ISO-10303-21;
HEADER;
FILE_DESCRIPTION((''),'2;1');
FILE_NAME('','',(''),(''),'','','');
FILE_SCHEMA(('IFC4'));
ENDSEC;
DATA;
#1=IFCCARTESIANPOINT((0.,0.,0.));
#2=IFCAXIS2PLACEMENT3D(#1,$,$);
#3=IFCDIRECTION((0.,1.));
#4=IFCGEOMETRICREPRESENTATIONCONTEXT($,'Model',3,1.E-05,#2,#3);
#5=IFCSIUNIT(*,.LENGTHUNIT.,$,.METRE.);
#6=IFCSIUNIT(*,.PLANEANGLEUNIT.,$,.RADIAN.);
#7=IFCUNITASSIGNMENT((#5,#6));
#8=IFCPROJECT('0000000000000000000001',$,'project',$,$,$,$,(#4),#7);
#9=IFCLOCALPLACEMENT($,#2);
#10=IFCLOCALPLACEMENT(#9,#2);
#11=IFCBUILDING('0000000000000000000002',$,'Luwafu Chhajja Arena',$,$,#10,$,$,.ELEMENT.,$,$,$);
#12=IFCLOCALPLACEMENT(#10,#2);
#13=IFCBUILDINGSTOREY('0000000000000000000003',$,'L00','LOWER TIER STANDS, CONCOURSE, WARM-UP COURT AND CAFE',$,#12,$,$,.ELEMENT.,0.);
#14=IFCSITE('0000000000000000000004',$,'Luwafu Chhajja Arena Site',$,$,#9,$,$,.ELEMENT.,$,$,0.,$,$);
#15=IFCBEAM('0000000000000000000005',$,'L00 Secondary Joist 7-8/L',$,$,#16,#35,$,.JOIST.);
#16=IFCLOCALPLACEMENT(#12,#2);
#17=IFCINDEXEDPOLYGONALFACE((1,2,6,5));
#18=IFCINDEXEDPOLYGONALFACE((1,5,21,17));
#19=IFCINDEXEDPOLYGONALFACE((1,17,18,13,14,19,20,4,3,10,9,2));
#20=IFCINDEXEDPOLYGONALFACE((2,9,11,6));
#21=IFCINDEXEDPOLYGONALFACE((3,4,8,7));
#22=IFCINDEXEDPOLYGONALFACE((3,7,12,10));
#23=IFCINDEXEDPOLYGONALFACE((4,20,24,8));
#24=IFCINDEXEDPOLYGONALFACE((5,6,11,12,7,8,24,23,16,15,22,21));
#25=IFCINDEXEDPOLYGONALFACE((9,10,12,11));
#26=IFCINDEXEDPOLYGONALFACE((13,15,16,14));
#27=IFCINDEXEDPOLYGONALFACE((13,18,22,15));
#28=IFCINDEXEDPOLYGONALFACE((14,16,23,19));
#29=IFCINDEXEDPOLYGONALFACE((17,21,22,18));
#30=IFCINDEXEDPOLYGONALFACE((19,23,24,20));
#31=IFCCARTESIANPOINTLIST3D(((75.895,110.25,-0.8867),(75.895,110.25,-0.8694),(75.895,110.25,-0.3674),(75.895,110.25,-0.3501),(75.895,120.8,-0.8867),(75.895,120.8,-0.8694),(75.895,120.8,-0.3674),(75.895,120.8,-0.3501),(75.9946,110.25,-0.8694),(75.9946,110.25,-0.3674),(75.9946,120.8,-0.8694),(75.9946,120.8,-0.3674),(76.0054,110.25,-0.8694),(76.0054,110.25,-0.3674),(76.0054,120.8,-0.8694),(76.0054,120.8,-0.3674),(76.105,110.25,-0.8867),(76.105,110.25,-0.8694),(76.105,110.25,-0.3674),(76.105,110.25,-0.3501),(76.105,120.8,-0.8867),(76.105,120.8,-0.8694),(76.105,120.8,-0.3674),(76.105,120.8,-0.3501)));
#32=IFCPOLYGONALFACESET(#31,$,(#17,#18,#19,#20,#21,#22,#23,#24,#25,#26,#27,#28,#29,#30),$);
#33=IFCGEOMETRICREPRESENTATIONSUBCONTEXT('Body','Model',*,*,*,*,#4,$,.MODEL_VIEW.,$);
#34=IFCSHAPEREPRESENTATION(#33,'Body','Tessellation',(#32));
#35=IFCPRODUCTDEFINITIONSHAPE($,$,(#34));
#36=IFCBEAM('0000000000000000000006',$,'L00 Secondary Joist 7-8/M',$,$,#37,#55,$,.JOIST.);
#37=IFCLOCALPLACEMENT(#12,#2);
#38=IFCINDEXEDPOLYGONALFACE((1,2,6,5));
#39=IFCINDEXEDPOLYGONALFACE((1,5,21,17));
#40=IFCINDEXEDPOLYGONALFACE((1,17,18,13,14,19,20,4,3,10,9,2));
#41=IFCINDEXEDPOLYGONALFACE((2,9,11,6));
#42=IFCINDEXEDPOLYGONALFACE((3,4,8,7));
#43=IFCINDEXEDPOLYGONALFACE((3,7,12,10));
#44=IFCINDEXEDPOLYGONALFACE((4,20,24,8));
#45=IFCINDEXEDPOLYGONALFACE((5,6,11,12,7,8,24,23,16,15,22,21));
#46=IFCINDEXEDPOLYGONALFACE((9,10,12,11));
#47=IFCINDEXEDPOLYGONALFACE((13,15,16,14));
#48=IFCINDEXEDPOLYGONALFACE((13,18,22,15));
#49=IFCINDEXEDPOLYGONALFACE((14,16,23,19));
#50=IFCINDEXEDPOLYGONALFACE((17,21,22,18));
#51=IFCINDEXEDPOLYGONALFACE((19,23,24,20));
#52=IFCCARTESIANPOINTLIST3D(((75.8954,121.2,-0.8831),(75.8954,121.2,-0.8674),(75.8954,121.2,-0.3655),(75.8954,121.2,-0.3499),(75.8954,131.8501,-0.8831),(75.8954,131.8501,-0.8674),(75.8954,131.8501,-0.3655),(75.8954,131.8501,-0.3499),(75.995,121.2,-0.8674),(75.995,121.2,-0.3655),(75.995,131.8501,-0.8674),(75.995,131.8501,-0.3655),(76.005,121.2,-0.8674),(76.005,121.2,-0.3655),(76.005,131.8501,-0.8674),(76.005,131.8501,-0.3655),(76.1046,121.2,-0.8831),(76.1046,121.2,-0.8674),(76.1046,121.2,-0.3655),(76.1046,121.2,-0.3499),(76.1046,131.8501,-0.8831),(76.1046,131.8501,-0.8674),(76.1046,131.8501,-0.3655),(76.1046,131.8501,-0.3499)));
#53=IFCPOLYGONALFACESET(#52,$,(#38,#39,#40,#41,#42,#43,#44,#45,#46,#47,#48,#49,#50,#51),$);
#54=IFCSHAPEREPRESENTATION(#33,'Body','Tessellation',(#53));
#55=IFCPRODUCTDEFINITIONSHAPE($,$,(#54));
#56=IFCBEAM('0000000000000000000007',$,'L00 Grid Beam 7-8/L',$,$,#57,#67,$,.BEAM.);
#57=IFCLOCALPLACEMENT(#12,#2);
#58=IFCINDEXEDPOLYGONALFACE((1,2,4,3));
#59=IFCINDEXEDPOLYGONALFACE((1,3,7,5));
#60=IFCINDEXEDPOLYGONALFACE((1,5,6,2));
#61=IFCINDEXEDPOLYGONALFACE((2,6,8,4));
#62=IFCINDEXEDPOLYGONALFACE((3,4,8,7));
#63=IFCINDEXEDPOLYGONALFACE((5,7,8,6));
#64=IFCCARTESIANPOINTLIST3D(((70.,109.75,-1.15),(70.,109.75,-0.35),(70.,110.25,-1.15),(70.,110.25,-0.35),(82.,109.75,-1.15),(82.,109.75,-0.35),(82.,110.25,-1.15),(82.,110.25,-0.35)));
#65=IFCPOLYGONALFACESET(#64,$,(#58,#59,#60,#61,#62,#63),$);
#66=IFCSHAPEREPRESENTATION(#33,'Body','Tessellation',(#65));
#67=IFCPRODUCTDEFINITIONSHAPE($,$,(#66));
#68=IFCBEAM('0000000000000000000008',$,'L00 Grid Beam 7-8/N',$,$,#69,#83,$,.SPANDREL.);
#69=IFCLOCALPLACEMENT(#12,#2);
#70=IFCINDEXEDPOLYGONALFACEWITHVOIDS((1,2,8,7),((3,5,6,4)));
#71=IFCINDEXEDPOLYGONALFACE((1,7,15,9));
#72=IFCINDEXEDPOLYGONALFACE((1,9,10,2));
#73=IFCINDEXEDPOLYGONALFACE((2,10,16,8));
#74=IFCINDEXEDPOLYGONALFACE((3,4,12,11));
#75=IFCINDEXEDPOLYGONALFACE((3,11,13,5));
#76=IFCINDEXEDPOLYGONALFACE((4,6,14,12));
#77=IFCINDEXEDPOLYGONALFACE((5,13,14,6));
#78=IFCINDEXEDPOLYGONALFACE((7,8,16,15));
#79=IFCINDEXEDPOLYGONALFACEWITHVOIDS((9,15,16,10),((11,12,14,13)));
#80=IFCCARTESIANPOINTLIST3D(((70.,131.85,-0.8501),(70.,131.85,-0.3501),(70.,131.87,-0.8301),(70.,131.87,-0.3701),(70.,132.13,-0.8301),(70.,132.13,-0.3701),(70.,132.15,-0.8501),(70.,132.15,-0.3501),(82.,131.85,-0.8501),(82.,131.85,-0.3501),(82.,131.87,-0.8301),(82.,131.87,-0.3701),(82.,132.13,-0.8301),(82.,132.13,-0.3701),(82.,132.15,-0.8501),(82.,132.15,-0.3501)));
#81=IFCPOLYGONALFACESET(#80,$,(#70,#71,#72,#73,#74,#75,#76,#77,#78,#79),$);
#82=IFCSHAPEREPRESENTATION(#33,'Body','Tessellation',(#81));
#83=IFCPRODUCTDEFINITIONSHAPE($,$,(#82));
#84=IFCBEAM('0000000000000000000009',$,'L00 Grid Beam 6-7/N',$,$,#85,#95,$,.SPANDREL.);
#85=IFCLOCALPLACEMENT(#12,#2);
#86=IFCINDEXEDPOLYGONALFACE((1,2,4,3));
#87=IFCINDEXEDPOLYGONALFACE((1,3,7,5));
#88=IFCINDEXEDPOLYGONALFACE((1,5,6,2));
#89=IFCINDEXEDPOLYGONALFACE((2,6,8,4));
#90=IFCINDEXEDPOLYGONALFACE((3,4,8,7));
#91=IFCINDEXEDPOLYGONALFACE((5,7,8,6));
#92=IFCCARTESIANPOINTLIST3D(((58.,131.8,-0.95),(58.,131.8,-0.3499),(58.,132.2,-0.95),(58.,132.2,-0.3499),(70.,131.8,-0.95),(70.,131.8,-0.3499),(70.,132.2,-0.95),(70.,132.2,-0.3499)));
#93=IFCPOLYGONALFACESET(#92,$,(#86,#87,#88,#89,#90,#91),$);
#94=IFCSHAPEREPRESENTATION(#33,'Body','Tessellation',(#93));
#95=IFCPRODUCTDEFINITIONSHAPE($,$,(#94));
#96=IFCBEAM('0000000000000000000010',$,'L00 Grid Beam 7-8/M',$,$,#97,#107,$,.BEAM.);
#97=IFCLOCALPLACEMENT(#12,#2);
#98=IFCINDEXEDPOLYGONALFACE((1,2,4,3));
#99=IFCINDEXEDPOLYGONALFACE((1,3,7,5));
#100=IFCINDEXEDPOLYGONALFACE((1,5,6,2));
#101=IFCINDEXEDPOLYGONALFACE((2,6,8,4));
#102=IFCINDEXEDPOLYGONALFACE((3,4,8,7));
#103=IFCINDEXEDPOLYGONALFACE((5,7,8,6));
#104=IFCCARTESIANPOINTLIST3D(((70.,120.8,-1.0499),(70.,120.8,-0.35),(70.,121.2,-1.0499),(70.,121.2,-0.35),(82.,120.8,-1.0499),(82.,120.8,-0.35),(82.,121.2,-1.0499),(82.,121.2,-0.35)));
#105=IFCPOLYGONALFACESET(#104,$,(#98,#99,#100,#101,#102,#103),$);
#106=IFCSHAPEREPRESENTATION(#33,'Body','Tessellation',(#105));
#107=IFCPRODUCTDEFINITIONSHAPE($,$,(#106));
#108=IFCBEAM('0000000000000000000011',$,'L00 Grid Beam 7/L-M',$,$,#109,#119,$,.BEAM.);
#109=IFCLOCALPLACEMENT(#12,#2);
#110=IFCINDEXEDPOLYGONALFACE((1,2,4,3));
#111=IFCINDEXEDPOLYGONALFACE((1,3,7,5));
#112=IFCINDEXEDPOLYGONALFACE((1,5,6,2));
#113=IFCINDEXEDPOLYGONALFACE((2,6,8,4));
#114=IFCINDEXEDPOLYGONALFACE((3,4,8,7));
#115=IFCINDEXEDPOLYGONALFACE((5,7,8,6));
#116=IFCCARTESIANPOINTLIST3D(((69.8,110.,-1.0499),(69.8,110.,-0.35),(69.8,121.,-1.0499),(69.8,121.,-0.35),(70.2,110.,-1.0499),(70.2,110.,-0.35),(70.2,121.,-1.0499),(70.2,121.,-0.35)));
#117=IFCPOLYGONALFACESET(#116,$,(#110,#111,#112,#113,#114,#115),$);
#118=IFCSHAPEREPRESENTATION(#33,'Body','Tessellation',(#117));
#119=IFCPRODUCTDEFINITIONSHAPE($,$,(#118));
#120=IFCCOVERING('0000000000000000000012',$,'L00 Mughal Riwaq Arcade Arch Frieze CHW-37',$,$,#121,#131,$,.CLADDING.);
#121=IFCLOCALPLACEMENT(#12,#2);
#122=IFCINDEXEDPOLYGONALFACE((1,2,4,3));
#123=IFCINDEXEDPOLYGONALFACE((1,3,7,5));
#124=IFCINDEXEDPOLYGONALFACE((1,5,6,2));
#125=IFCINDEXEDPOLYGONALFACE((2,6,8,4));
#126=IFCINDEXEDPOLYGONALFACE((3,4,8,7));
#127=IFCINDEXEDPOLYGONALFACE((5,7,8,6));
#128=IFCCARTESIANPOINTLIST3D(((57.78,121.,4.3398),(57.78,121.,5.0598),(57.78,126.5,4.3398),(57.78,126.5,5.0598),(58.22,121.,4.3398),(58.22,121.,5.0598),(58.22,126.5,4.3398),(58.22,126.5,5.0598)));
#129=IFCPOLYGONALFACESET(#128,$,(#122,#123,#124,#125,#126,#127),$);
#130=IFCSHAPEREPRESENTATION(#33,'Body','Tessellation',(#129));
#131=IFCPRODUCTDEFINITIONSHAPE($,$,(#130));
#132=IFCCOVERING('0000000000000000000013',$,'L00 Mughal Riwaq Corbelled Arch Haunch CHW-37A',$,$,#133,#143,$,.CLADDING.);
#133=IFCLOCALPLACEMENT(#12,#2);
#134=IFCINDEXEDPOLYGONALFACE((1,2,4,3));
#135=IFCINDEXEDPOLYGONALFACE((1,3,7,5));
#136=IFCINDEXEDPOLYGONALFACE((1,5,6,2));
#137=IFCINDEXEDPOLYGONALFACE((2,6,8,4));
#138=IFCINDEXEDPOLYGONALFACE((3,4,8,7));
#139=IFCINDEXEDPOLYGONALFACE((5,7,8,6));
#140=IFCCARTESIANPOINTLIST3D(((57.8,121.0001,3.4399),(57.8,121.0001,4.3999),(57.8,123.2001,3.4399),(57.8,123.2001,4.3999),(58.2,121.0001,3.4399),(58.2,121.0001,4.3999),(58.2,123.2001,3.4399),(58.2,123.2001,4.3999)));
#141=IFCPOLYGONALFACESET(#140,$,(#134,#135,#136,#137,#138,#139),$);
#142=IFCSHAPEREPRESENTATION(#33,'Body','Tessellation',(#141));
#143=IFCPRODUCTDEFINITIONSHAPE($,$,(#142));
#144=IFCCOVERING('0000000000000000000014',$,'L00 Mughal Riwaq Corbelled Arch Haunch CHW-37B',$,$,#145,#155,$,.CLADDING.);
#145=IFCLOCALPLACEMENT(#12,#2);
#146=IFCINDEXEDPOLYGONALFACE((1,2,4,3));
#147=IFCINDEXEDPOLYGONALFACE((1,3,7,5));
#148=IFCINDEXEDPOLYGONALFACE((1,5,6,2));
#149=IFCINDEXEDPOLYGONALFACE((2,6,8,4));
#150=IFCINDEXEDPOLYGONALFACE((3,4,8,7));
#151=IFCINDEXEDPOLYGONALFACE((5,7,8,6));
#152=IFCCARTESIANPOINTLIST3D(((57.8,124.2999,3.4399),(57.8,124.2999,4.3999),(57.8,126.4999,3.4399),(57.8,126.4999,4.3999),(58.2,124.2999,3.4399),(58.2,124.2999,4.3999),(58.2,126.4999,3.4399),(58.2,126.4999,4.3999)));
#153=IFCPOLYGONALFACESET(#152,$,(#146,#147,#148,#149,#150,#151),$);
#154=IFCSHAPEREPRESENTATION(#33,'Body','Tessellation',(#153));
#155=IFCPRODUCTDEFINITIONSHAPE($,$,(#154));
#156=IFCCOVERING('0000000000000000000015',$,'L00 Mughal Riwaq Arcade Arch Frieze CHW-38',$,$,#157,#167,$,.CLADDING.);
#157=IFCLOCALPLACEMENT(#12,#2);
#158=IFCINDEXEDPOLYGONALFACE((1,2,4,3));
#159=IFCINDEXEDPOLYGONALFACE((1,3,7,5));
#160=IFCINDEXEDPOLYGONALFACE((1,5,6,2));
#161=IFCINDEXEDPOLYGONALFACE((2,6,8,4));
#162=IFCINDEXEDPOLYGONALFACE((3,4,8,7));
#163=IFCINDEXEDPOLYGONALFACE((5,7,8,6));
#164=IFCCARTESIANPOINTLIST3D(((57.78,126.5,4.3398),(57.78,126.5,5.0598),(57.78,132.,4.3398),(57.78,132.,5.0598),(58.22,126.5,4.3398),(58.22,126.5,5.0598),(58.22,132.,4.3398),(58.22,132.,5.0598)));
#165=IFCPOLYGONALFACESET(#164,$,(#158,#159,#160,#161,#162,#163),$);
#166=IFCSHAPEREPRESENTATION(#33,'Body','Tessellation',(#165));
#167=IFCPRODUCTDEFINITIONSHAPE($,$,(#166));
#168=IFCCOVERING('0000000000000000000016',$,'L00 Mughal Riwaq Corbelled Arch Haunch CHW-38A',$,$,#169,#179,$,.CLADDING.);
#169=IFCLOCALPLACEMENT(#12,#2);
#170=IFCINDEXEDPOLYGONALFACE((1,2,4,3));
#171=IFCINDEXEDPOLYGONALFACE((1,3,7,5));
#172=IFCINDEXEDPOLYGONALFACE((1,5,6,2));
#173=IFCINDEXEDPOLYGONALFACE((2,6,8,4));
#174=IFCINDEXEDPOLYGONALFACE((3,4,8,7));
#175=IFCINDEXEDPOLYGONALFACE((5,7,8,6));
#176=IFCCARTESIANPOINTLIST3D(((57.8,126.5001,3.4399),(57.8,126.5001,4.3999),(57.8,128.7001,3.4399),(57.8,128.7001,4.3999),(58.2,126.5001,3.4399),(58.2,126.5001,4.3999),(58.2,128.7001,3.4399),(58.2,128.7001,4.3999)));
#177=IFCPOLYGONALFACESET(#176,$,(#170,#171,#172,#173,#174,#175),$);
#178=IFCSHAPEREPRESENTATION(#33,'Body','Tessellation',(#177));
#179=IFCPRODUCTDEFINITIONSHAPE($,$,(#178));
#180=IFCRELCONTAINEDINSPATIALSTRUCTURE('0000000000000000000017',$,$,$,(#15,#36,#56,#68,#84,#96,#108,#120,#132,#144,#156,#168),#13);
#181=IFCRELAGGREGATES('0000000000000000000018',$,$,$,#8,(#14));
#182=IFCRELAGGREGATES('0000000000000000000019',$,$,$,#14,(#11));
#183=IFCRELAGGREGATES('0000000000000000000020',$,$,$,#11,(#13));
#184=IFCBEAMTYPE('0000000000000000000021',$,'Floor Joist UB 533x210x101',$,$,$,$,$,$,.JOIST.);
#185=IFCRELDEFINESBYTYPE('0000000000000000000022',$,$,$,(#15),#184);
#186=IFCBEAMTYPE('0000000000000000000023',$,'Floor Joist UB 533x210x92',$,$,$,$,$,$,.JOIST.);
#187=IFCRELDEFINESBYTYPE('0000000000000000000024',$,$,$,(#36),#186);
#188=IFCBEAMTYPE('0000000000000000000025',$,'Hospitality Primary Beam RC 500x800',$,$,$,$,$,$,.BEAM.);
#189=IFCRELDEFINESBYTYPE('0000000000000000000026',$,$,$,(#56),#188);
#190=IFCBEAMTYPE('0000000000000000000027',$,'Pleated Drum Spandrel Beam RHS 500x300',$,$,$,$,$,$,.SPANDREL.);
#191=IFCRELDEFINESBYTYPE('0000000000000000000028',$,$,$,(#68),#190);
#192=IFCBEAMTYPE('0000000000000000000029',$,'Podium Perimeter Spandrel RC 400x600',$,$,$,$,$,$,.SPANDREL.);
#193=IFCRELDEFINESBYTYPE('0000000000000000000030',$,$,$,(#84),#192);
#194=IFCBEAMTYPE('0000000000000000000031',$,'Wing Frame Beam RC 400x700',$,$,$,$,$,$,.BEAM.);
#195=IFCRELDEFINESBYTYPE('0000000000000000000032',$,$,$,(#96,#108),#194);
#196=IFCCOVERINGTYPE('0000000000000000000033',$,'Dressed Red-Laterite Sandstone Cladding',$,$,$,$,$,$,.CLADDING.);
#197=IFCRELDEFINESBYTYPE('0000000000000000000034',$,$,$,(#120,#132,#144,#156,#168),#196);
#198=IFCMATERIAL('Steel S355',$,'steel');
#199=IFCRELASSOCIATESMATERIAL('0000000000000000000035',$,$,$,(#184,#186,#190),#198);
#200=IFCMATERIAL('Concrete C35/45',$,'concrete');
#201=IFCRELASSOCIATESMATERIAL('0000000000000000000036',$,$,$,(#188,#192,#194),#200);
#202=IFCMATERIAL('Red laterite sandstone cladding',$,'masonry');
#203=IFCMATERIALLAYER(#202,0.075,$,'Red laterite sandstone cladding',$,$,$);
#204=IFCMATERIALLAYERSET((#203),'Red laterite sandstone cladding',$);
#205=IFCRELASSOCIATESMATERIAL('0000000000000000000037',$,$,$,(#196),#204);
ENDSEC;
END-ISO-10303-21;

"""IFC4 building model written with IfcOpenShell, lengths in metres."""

from ifc_helpers import new_model, si_unit, direction, frame, origin, origin_2d, place, context, subcontext, project, spatial, rectangle, hollow_rectangle, i_section, extrude, material, layer, layer_set, material_profile, profile_set, type_object, element, save


model = new_model("IFC4")

# Units and contexts
model_context = context("Model", 3, precision=1e-05, world=origin(), true_north=direction((0.0, 1.0)))
body_context = subcontext(model_context, "Body", "Model", "MODEL_VIEW")
ifc_project = project(units=[si_unit("LENGTHUNIT", "METRE"), si_unit("PLANEANGLEUNIT", "RADIAN")], contexts=[model_context])

# Site, building, storey
site_placement = place(None, origin())
site = spatial("IfcSite", under=ifc_project, at=site_placement, Name="Luwafu Chhajja Arena Site", CompositionType="ELEMENT", RefElevation=0.0)
building_placement = place(site_placement, origin())
building = spatial("IfcBuilding", under=site, at=building_placement, Name="Luwafu Chhajja Arena", CompositionType="ELEMENT")
storey_placement = place(building_placement, origin())
storey = spatial("IfcBuildingStorey", under=building, at=storey_placement, Name="L00", Description="LOWER TIER STANDS, CONCOURSE, WARM-UP COURT AND CAFE", CompositionType="ELEMENT", Elevation=0.0)

# Shared definitions
ifc_material_1 = material(Name="Concrete C35/45", Category="concrete")

# Beams
ifc_material_2 = material(Name="Steel S355", Category="steel")
ifc_material_profile_1 = material_profile(ifc_material_2, i_section(OverallWidth=0.21, OverallDepth=0.5366, WebThickness=0.0107, FlangeThickness=0.0173, at=origin_2d()), Name="UB 533x210x101")
ifc_profile_set_1 = profile_set([ifc_material_profile_1], Name="Steel S355")
beam_type_1 = type_object("IfcBeamType", Name="Floor Joist UB 533x210x101", PredefinedType="JOIST", material=ifc_profile_set_1)
beam_1_placement = place(storey_placement, frame((76.0, 110.25, -0.6184), z_axis=(0.0, 1.0, 0.0), x_axis=(-1.0, 0.0, 0.0)))
element("IfcBeam", 1, at=beam_1_placement, inside=storey, type_object=beam_type_1, Name="L00 Secondary Joist 7-8/L", PredefinedType="JOIST", context=body_context, shape_type="SweptSolid", body=[
    extrude(i_section(OverallWidth=0.21, OverallDepth=0.5366, WebThickness=0.0107, FlangeThickness=0.0173, at=origin_2d()), origin(), (0.0, 0.0, 1.0), 10.55),
])
ifc_material_profile_2 = material_profile(ifc_material_2, i_section(OverallWidth=0.2092, OverallDepth=0.5332, WebThickness=0.01, FlangeThickness=0.0156, at=origin_2d()), Name="UB 533x210x92")
ifc_profile_set_2 = profile_set([ifc_material_profile_2], Name="Steel S355")
beam_type_2 = type_object("IfcBeamType", Name="Floor Joist UB 533x210x92", PredefinedType="JOIST", material=ifc_profile_set_2)
beam_2_placement = place(storey_placement, frame((76.0, 121.2, -0.6165), z_axis=(0.0, 1.0, 0.0), x_axis=(-1.0, 0.0, 0.0)))
element("IfcBeam", 2, at=beam_2_placement, inside=storey, type_object=beam_type_2, Name="L00 Secondary Joist 7-8/M", PredefinedType="JOIST", context=body_context, shape_type="SweptSolid", body=[
    extrude(i_section(OverallWidth=0.2092, OverallDepth=0.5332, WebThickness=0.01, FlangeThickness=0.0156, at=origin_2d()), origin(), (0.0, 0.0, 1.0), 10.6501),
])
ifc_material_profile_3 = material_profile(ifc_material_1, rectangle(XDim=0.5, YDim=0.8, at=origin_2d()), Name="RC 500x800")
ifc_profile_set_3 = profile_set([ifc_material_profile_3], Name="Concrete C35/45")
beam_type_3 = type_object("IfcBeamType", Name="Hospitality Primary Beam RC 500x800", PredefinedType="BEAM", material=ifc_profile_set_3)
beam_3_placement = place(storey_placement, frame((70.0, 110.0, -0.75), z_axis=(1.0, 0.0, 0.0), x_axis=(0.0, 1.0, 0.0)))
element("IfcBeam", 3, at=beam_3_placement, inside=storey, type_object=beam_type_3, Name="L00 Grid Beam 7-8/L", PredefinedType="BEAM", context=body_context, shape_type="SweptSolid", body=[
    extrude(rectangle(XDim=0.5, YDim=0.8, at=origin_2d()), origin(), (0.0, 0.0, 1.0), 12.0),
])
ifc_material_profile_4 = material_profile(ifc_material_2, hollow_rectangle(XDim=0.3, YDim=0.5, WallThickness=0.02, at=origin_2d()), Name="RHS 500x300x20")
ifc_profile_set_4 = profile_set([ifc_material_profile_4], Name="Steel S355")
beam_type_4 = type_object("IfcBeamType", Name="Pleated Drum Spandrel Beam RHS 500x300", PredefinedType="SPANDREL", material=ifc_profile_set_4)
beam_4_placement = place(storey_placement, frame((70.0, 132.0, -0.6001), z_axis=(1.0, 0.0, 0.0), x_axis=(0.0, 1.0, 0.0)))
element("IfcBeam", 4, at=beam_4_placement, inside=storey, type_object=beam_type_4, Name="L00 Grid Beam 7-8/N", PredefinedType="SPANDREL", context=body_context, shape_type="SweptSolid", body=[
    extrude(hollow_rectangle(XDim=0.3, YDim=0.5, WallThickness=0.02, at=origin_2d()), origin(), (0.0, 0.0, 1.0), 12.0),
])
ifc_material_profile_5 = material_profile(ifc_material_1, rectangle(XDim=0.3999, YDim=0.6001, at=origin_2d()), Name="RC 400x600")
ifc_profile_set_5 = profile_set([ifc_material_profile_5], Name="Concrete C35/45")
beam_type_5 = type_object("IfcBeamType", Name="Podium Perimeter Spandrel RC 400x600", PredefinedType="SPANDREL", material=ifc_profile_set_5)
beam_5_placement = place(storey_placement, frame((58.0, 132.0, -0.6499), z_axis=(1.0, 0.0, 0.0), x_axis=(0.0, 1.0, 0.0)))
element("IfcBeam", 5, at=beam_5_placement, inside=storey, type_object=beam_type_5, Name="L00 Grid Beam 6-7/N", PredefinedType="SPANDREL", context=body_context, shape_type="SweptSolid", body=[
    extrude(rectangle(XDim=0.3999, YDim=0.6001, at=origin_2d()), origin(), (0.0, 0.0, 1.0), 12.0),
])
ifc_material_profile_6 = material_profile(ifc_material_1, rectangle(XDim=0.3999, YDim=0.7, at=origin_2d()), Name="RC 400x700")
ifc_profile_set_6 = profile_set([ifc_material_profile_6], Name="Concrete C35/45")
beam_type_6 = type_object("IfcBeamType", Name="Wing Frame Beam RC 400x700", PredefinedType="BEAM", material=ifc_profile_set_6)
beam_6_placement = place(storey_placement, frame((70.0, 121.0, -0.7), z_axis=(1.0, 0.0, 0.0), x_axis=(0.0, 1.0, 0.0)))
element("IfcBeam", 6, at=beam_6_placement, inside=storey, type_object=beam_type_6, Name="L00 Grid Beam 7-8/M", PredefinedType="BEAM", context=body_context, shape_type="SweptSolid", body=[
    extrude(rectangle(XDim=0.3999, YDim=0.7, at=origin_2d()), origin(), (0.0, 0.0, 1.0), 12.0),
])
beam_7_placement = place(storey_placement, frame((70.0, 110.0, -0.7), z_axis=(0.0, 1.0, 0.0), x_axis=(-1.0, 0.0, 0.0)))
element("IfcBeam", 7, at=beam_7_placement, inside=storey, type_object=beam_type_6, Name="L00 Grid Beam 7/L-M", PredefinedType="BEAM", context=body_context, shape_type="SweptSolid", body=[
    extrude(rectangle(XDim=0.3999, YDim=0.7, at=origin_2d()), origin(), (0.0, 0.0, 1.0), 11.0),
])

# Coverings
ifc_material_3 = material(Name="Red laterite sandstone cladding", Category="masonry")
ifc_layer_1 = layer(ifc_material_3, 0.075, Name="Red laterite sandstone cladding")
ifc_layer_set_1 = layer_set([ifc_layer_1], Name="Red laterite sandstone cladding")
covering_type = type_object("IfcCoveringType", Name="Dressed Red-Laterite Sandstone Cladding", PredefinedType="CLADDING", material=ifc_layer_set_1)
covering_1_placement = place(storey_placement, frame((58.0, 123.75, 4.3398), z_axis=(0.0, 0.0, 1.0), x_axis=(0.0, 1.0, 0.0)))
element("IfcCovering", 8, at=covering_1_placement, inside=storey, type_object=covering_type, Name="L00 Mughal Riwaq Arcade Arch Frieze CHW-37", PredefinedType="CLADDING", context=body_context, shape_type="SweptSolid", body=[
    extrude(rectangle(XDim=5.5, YDim=0.4399, at=origin_2d()), origin(), (0.0, 0.0, 1.0), 0.72),
])
for number, where, z_axis, x_axis, name in (
    (9, (58.0, 122.1001, 3.4399), (0.0, 0.0, 1.0), (0.0, 1.0, 0.0), "L00 Mughal Riwaq Corbelled Arch Haunch CHW-37A"),
    (10, (58.0, 125.3999, 3.4399), (0.0, 0.0, 1.0), (0.0, 1.0, 0.0), "L00 Mughal Riwaq Corbelled Arch Haunch CHW-37B"),
):
    element("IfcCovering", number, at=place(storey_placement, frame(where, z_axis=z_axis, x_axis=x_axis)), inside=storey, type_object=covering_type, Name=name, PredefinedType="CLADDING", context=body_context, shape_type="SweptSolid", body=[
        extrude(rectangle(XDim=2.2, YDim=0.3999, at=origin_2d()), origin(), (0.0, 0.0, 1.0), 0.96),
    ])
covering_2_placement = place(storey_placement, frame((58.0, 129.25, 4.3398), z_axis=(0.0, 0.0, 1.0), x_axis=(0.0, 1.0, 0.0)))
element("IfcCovering", 11, at=covering_2_placement, inside=storey, type_object=covering_type, Name="L00 Mughal Riwaq Arcade Arch Frieze CHW-38", PredefinedType="CLADDING", context=body_context, shape_type="SweptSolid", body=[
    extrude(rectangle(XDim=5.5, YDim=0.4399, at=origin_2d()), origin(), (0.0, 0.0, 1.0), 0.72),
])
for number, where, z_axis, x_axis, name in (
    (12, (58.0, 127.6001, 3.4399), (0.0, 0.0, 1.0), (0.0, 1.0, 0.0), "L00 Mughal Riwaq Corbelled Arch Haunch CHW-38A"),
):
    element("IfcCovering", number, at=place(storey_placement, frame(where, z_axis=z_axis, x_axis=x_axis)), inside=storey, type_object=covering_type, Name=name, PredefinedType="CLADDING", context=body_context, shape_type="SweptSolid", body=[
        extrude(rectangle(XDim=2.2, YDim=0.3999, at=origin_2d()), origin(), (0.0, 0.0, 1.0), 0.96),
    ])

save(model, "model.ifc")
